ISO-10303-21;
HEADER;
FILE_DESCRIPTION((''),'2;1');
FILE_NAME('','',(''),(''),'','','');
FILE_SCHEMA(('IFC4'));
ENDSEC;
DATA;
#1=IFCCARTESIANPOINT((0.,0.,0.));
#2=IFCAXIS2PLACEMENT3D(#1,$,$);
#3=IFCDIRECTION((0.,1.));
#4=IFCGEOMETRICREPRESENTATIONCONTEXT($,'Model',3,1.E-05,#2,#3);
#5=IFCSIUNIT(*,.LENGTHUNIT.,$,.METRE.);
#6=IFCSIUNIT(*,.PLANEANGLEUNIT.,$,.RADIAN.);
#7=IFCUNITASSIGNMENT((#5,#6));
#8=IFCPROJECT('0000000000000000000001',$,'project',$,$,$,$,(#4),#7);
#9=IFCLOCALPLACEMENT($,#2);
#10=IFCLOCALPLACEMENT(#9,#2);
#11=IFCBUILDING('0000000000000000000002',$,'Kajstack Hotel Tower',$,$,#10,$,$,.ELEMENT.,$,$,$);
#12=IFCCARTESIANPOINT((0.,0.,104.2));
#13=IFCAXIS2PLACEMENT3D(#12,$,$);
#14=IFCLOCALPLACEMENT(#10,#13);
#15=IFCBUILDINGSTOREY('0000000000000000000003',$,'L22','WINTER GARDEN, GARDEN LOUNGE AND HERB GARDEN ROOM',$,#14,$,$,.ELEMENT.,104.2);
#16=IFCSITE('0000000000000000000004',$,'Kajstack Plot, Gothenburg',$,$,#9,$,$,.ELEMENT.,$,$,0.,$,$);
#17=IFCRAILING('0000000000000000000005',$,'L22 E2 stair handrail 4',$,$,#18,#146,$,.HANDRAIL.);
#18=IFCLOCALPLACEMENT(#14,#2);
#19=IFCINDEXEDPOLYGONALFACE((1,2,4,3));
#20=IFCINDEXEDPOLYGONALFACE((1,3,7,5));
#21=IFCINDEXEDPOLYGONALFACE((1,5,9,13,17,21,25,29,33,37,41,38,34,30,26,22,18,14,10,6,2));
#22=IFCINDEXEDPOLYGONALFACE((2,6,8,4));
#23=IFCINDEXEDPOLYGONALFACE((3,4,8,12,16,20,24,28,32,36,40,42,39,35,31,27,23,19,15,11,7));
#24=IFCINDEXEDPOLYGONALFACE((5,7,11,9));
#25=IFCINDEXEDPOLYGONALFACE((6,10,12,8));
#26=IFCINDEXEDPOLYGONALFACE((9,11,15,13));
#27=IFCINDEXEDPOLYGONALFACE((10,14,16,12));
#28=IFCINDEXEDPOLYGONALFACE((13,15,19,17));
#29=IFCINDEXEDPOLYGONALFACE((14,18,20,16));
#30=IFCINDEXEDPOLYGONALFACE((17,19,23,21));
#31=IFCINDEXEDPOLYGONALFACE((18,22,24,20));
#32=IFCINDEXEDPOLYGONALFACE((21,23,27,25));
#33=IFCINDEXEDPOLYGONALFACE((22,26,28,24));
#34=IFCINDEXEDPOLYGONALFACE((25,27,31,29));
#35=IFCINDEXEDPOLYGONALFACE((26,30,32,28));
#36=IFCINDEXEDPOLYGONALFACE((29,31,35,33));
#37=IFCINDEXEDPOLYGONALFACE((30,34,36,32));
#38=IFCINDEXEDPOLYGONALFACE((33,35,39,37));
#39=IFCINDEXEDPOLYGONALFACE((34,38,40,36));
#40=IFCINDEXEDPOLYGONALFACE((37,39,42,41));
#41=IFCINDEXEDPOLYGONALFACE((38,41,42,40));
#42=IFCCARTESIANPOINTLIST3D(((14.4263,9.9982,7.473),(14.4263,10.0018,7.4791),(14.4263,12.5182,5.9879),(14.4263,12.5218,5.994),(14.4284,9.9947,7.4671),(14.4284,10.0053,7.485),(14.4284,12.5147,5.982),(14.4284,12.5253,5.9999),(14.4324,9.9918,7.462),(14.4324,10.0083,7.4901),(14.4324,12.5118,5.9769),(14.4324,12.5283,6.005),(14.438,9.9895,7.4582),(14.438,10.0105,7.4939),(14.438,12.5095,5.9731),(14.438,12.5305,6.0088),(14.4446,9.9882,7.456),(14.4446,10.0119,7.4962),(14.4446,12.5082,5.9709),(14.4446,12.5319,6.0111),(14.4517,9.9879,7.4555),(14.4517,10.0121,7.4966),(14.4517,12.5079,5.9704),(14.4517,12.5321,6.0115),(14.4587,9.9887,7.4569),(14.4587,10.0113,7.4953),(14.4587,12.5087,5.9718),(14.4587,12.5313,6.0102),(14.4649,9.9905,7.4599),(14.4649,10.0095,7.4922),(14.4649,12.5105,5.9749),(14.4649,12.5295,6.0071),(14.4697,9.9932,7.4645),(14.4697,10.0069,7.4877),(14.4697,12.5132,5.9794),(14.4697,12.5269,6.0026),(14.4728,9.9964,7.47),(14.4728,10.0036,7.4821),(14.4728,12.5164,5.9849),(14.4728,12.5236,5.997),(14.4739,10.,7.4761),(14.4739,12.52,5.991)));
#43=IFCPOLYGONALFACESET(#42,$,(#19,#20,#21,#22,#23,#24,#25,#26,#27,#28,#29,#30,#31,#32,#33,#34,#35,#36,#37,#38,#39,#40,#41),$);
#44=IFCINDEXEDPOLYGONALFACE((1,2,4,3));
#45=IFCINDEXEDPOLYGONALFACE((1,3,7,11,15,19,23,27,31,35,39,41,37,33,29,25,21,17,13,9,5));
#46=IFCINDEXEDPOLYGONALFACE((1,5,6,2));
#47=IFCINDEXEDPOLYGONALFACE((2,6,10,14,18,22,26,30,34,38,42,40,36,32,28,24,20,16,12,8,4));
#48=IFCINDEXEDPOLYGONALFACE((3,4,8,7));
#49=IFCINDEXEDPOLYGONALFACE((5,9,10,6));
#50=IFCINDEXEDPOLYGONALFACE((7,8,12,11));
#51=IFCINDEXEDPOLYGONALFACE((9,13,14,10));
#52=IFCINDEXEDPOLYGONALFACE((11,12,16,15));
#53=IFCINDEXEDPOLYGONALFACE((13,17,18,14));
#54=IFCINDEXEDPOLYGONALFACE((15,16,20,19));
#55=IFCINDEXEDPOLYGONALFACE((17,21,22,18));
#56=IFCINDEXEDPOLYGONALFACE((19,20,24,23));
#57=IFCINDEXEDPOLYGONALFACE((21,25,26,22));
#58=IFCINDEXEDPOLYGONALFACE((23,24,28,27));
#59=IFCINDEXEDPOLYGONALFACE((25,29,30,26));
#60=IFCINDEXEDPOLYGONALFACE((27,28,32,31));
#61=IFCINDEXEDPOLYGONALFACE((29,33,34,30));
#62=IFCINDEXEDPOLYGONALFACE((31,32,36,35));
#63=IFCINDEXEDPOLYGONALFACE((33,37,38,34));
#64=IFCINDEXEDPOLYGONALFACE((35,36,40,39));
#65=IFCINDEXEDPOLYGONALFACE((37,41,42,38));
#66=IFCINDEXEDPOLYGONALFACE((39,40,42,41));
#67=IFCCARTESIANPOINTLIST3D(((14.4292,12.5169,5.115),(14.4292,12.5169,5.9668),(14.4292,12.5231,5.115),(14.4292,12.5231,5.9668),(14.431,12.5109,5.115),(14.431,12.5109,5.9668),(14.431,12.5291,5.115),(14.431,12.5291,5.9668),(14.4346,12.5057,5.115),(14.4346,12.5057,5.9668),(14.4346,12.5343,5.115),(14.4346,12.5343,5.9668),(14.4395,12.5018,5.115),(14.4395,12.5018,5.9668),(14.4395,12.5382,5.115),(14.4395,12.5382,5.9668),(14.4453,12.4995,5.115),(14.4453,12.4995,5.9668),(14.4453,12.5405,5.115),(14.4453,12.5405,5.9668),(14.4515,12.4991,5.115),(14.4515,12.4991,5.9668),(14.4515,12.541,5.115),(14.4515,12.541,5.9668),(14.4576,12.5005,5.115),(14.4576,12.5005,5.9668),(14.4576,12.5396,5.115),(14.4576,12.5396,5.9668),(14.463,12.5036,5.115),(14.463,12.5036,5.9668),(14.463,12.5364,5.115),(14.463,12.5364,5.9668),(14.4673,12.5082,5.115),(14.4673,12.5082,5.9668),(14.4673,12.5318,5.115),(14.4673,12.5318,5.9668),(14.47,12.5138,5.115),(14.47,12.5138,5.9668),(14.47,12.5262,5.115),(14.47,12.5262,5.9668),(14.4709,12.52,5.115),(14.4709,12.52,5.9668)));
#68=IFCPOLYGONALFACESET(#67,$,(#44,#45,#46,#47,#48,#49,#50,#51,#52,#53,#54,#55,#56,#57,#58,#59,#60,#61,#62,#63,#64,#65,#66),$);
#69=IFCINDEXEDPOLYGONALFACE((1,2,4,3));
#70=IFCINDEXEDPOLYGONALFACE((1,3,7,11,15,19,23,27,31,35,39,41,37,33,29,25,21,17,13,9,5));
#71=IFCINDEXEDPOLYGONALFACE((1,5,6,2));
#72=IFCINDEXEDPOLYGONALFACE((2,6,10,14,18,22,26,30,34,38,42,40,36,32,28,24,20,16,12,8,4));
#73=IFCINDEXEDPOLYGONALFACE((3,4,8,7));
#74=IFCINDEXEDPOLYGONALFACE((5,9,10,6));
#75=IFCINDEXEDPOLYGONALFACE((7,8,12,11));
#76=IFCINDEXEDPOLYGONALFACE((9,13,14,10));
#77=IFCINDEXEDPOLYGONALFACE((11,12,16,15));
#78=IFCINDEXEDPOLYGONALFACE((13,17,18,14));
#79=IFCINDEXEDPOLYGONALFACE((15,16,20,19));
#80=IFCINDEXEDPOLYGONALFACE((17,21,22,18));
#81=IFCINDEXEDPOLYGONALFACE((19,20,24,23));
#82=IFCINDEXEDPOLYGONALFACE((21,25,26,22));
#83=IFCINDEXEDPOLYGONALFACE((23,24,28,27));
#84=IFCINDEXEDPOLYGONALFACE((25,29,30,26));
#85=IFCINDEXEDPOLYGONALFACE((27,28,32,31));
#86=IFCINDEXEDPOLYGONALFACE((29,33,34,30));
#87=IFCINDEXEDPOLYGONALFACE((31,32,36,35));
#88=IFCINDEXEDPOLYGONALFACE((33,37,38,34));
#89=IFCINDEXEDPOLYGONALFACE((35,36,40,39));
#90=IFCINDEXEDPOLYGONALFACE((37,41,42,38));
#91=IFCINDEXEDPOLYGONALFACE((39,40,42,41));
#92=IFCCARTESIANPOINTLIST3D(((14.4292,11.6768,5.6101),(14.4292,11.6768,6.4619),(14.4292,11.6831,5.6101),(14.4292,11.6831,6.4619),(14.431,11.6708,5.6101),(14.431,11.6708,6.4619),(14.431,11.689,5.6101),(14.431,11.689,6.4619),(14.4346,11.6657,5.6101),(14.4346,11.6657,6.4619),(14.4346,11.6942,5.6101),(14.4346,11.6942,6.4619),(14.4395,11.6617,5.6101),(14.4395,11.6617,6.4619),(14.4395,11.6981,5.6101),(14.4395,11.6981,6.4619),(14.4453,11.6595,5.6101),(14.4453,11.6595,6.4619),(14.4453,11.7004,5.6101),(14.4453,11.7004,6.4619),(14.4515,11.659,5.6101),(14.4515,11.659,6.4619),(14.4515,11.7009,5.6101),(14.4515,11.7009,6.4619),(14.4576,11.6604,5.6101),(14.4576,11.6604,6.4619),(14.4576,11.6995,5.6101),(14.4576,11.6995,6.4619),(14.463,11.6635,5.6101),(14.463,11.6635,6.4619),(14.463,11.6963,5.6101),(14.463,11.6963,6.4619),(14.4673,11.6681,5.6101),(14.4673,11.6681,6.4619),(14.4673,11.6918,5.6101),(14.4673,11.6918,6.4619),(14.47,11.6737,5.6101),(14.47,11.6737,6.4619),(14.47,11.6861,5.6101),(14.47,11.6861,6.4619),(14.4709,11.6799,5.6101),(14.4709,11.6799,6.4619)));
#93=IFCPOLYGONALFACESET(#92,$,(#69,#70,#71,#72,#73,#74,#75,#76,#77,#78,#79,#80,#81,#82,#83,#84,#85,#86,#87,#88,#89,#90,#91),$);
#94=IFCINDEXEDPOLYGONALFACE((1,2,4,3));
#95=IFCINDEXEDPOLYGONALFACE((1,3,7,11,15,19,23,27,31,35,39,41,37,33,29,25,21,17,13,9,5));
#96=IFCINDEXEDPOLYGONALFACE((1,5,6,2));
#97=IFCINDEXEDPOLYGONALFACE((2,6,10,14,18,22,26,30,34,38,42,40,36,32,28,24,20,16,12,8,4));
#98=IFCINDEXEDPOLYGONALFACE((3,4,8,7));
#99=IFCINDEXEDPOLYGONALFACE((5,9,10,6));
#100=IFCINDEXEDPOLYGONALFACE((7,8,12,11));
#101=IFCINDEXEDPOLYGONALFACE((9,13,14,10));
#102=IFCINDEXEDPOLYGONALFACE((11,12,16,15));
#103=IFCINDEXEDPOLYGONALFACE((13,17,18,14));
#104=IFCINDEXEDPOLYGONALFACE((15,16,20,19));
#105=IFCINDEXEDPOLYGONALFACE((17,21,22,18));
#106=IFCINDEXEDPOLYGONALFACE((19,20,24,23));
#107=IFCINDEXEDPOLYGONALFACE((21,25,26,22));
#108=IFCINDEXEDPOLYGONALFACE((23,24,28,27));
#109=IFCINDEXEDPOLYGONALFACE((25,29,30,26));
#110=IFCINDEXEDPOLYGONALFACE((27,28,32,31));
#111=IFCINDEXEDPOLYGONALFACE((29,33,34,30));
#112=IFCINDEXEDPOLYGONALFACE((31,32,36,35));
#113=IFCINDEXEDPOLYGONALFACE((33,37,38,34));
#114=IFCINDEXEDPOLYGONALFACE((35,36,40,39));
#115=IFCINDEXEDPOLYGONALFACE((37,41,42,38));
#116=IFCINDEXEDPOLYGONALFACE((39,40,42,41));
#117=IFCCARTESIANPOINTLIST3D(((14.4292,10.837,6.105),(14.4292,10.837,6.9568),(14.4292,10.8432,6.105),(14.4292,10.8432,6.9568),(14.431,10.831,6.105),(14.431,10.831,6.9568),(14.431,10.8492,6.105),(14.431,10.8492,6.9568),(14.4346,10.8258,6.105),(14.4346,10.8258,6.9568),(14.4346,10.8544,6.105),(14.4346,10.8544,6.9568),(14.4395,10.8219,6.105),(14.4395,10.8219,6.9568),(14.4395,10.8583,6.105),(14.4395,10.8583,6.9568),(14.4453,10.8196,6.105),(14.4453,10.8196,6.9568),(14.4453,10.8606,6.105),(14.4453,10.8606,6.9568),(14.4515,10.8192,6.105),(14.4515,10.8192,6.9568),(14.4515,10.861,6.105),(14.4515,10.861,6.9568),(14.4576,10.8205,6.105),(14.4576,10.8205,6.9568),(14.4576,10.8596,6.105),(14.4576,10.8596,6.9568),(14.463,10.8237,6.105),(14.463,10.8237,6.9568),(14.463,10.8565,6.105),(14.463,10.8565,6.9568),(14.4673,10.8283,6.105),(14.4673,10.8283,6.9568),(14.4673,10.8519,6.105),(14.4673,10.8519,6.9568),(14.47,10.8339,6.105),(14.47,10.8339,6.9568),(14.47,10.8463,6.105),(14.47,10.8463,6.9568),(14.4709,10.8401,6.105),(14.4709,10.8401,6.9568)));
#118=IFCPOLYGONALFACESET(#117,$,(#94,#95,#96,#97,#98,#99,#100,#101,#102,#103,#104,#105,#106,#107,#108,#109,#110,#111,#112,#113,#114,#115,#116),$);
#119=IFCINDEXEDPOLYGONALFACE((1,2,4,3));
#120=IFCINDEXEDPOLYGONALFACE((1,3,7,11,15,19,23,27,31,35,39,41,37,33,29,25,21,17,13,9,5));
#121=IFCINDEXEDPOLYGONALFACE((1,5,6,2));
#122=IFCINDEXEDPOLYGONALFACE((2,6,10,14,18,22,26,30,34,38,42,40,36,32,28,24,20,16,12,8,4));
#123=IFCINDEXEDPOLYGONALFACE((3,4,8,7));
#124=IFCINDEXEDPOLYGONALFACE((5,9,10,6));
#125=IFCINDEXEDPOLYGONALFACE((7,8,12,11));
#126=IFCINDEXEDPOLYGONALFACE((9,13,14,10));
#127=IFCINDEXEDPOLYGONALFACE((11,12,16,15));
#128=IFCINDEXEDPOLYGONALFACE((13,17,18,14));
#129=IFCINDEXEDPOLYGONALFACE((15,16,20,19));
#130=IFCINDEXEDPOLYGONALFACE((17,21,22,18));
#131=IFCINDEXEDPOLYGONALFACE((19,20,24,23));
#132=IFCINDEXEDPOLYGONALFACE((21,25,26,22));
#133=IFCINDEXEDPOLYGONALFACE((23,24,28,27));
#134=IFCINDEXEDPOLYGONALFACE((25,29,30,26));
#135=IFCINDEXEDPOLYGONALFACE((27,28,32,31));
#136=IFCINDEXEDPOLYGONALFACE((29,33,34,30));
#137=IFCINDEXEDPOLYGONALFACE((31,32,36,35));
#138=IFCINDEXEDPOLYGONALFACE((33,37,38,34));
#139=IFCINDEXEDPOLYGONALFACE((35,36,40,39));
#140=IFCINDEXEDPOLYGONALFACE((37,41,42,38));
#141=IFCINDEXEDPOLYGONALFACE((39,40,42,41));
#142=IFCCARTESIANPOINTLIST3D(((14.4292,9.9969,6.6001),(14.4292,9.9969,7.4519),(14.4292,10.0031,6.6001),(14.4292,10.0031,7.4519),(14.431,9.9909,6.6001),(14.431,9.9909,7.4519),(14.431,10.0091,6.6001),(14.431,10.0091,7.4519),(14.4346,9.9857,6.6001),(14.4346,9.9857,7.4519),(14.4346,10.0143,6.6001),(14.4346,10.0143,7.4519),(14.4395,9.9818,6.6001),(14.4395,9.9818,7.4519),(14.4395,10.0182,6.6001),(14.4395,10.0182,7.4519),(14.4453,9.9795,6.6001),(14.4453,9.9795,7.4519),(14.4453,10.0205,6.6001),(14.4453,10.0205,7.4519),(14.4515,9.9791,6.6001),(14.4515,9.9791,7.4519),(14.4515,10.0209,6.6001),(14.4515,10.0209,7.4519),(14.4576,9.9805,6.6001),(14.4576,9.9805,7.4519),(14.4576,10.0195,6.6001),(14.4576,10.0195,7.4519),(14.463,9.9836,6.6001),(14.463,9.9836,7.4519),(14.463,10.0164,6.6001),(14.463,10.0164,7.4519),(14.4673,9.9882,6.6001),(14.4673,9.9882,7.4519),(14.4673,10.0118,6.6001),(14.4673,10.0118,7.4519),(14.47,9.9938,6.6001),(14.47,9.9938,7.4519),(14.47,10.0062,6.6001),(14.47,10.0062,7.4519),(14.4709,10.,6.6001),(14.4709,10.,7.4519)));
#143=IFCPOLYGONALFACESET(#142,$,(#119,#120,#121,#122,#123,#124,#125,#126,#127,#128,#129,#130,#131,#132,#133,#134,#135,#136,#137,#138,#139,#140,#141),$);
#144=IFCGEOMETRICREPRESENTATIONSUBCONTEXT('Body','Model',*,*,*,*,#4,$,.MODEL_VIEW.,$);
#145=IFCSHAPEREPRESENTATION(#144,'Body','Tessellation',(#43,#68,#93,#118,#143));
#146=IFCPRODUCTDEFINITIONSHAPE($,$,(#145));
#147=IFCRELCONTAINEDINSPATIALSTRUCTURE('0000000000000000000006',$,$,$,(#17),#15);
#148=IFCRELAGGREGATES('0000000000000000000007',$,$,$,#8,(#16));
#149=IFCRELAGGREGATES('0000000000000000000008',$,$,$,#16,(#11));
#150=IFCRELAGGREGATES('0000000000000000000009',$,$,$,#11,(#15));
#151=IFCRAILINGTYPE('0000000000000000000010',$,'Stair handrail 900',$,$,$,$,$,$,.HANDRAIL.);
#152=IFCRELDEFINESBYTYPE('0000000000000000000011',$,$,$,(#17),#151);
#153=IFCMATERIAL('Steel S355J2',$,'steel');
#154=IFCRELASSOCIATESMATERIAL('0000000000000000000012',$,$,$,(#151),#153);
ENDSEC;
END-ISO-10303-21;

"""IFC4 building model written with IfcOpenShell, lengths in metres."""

from ifc_helpers import new_model, si_unit, direction, frame, origin, origin_2d, place, context, subcontext, project, spatial, circle, extrude, material, type_object, element, save


model = new_model("IFC4")

# Units and contexts
model_context = context("Model", 3, precision=1e-05, world=origin(), true_north=direction((0.0, 1.0)))
body_context = subcontext(model_context, "Body", "Model", "MODEL_VIEW")
ifc_project = project(units=[si_unit("LENGTHUNIT", "METRE"), si_unit("PLANEANGLEUNIT", "RADIAN")], contexts=[model_context])

# Site, building, storey
site_placement = place(None, origin())
site = spatial("IfcSite", under=ifc_project, at=site_placement, Name="Kajstack Plot, Gothenburg", CompositionType="ELEMENT", RefElevation=0.0)
building_placement = place(site_placement, origin())
building = spatial("IfcBuilding", under=site, at=building_placement, Name="Kajstack Hotel Tower", CompositionType="ELEMENT")
storey_placement = place(building_placement, frame((0.0, 0.0, 104.2)))
storey = spatial("IfcBuildingStorey", under=building, at=storey_placement, Name="L22", Description="WINTER GARDEN, GARDEN LOUNGE AND HERB GARDEN ROOM", CompositionType="ELEMENT", Elevation=104.2)

# Railing
ifc_material_1 = material(Name="Steel S355J2", Category="steel")
railing_type_1 = type_object("IfcRailingType", Name="Stair handrail 900", PredefinedType="HANDRAIL", material=ifc_material_1)
railing_1_placement = place(storey_placement, frame((14.45, 12.52, 5.115)))
element("IfcRailing", 1, at=railing_1_placement, inside=storey, type_object=railing_type_1, Name="L22 E2 stair handrail 4", PredefinedType="HANDRAIL", context=body_context, shape_type="SweptSolid", body=[
    extrude(circle(Radius=0.0239, at=origin_2d()), frame((0.0, 0.0, 0.876), z_axis=(0.0, -0.861524, 0.507717), x_axis=(1.0, 0.0, 0.0)), (0.0, 0.0, 1.0), 2.925),
    extrude(circle(Radius=0.021, at=origin_2d()), origin(), (0.0, 0.0, 1.0), 0.8518),
    extrude(circle(Radius=0.021, at=origin_2d()), frame((0.0, -0.8401, 0.4951)), (0.0, 0.0, 1.0), 0.8518),
    extrude(circle(Radius=0.021, at=origin_2d()), frame((0.0, -1.6799, 0.99)), (0.0, 0.0, 1.0), 0.8518),
    extrude(circle(Radius=0.021, at=origin_2d()), frame((0.0, -2.52, 1.4851)), (0.0, 0.0, 1.0), 0.8518),
])

save(model, "model.ifc")
